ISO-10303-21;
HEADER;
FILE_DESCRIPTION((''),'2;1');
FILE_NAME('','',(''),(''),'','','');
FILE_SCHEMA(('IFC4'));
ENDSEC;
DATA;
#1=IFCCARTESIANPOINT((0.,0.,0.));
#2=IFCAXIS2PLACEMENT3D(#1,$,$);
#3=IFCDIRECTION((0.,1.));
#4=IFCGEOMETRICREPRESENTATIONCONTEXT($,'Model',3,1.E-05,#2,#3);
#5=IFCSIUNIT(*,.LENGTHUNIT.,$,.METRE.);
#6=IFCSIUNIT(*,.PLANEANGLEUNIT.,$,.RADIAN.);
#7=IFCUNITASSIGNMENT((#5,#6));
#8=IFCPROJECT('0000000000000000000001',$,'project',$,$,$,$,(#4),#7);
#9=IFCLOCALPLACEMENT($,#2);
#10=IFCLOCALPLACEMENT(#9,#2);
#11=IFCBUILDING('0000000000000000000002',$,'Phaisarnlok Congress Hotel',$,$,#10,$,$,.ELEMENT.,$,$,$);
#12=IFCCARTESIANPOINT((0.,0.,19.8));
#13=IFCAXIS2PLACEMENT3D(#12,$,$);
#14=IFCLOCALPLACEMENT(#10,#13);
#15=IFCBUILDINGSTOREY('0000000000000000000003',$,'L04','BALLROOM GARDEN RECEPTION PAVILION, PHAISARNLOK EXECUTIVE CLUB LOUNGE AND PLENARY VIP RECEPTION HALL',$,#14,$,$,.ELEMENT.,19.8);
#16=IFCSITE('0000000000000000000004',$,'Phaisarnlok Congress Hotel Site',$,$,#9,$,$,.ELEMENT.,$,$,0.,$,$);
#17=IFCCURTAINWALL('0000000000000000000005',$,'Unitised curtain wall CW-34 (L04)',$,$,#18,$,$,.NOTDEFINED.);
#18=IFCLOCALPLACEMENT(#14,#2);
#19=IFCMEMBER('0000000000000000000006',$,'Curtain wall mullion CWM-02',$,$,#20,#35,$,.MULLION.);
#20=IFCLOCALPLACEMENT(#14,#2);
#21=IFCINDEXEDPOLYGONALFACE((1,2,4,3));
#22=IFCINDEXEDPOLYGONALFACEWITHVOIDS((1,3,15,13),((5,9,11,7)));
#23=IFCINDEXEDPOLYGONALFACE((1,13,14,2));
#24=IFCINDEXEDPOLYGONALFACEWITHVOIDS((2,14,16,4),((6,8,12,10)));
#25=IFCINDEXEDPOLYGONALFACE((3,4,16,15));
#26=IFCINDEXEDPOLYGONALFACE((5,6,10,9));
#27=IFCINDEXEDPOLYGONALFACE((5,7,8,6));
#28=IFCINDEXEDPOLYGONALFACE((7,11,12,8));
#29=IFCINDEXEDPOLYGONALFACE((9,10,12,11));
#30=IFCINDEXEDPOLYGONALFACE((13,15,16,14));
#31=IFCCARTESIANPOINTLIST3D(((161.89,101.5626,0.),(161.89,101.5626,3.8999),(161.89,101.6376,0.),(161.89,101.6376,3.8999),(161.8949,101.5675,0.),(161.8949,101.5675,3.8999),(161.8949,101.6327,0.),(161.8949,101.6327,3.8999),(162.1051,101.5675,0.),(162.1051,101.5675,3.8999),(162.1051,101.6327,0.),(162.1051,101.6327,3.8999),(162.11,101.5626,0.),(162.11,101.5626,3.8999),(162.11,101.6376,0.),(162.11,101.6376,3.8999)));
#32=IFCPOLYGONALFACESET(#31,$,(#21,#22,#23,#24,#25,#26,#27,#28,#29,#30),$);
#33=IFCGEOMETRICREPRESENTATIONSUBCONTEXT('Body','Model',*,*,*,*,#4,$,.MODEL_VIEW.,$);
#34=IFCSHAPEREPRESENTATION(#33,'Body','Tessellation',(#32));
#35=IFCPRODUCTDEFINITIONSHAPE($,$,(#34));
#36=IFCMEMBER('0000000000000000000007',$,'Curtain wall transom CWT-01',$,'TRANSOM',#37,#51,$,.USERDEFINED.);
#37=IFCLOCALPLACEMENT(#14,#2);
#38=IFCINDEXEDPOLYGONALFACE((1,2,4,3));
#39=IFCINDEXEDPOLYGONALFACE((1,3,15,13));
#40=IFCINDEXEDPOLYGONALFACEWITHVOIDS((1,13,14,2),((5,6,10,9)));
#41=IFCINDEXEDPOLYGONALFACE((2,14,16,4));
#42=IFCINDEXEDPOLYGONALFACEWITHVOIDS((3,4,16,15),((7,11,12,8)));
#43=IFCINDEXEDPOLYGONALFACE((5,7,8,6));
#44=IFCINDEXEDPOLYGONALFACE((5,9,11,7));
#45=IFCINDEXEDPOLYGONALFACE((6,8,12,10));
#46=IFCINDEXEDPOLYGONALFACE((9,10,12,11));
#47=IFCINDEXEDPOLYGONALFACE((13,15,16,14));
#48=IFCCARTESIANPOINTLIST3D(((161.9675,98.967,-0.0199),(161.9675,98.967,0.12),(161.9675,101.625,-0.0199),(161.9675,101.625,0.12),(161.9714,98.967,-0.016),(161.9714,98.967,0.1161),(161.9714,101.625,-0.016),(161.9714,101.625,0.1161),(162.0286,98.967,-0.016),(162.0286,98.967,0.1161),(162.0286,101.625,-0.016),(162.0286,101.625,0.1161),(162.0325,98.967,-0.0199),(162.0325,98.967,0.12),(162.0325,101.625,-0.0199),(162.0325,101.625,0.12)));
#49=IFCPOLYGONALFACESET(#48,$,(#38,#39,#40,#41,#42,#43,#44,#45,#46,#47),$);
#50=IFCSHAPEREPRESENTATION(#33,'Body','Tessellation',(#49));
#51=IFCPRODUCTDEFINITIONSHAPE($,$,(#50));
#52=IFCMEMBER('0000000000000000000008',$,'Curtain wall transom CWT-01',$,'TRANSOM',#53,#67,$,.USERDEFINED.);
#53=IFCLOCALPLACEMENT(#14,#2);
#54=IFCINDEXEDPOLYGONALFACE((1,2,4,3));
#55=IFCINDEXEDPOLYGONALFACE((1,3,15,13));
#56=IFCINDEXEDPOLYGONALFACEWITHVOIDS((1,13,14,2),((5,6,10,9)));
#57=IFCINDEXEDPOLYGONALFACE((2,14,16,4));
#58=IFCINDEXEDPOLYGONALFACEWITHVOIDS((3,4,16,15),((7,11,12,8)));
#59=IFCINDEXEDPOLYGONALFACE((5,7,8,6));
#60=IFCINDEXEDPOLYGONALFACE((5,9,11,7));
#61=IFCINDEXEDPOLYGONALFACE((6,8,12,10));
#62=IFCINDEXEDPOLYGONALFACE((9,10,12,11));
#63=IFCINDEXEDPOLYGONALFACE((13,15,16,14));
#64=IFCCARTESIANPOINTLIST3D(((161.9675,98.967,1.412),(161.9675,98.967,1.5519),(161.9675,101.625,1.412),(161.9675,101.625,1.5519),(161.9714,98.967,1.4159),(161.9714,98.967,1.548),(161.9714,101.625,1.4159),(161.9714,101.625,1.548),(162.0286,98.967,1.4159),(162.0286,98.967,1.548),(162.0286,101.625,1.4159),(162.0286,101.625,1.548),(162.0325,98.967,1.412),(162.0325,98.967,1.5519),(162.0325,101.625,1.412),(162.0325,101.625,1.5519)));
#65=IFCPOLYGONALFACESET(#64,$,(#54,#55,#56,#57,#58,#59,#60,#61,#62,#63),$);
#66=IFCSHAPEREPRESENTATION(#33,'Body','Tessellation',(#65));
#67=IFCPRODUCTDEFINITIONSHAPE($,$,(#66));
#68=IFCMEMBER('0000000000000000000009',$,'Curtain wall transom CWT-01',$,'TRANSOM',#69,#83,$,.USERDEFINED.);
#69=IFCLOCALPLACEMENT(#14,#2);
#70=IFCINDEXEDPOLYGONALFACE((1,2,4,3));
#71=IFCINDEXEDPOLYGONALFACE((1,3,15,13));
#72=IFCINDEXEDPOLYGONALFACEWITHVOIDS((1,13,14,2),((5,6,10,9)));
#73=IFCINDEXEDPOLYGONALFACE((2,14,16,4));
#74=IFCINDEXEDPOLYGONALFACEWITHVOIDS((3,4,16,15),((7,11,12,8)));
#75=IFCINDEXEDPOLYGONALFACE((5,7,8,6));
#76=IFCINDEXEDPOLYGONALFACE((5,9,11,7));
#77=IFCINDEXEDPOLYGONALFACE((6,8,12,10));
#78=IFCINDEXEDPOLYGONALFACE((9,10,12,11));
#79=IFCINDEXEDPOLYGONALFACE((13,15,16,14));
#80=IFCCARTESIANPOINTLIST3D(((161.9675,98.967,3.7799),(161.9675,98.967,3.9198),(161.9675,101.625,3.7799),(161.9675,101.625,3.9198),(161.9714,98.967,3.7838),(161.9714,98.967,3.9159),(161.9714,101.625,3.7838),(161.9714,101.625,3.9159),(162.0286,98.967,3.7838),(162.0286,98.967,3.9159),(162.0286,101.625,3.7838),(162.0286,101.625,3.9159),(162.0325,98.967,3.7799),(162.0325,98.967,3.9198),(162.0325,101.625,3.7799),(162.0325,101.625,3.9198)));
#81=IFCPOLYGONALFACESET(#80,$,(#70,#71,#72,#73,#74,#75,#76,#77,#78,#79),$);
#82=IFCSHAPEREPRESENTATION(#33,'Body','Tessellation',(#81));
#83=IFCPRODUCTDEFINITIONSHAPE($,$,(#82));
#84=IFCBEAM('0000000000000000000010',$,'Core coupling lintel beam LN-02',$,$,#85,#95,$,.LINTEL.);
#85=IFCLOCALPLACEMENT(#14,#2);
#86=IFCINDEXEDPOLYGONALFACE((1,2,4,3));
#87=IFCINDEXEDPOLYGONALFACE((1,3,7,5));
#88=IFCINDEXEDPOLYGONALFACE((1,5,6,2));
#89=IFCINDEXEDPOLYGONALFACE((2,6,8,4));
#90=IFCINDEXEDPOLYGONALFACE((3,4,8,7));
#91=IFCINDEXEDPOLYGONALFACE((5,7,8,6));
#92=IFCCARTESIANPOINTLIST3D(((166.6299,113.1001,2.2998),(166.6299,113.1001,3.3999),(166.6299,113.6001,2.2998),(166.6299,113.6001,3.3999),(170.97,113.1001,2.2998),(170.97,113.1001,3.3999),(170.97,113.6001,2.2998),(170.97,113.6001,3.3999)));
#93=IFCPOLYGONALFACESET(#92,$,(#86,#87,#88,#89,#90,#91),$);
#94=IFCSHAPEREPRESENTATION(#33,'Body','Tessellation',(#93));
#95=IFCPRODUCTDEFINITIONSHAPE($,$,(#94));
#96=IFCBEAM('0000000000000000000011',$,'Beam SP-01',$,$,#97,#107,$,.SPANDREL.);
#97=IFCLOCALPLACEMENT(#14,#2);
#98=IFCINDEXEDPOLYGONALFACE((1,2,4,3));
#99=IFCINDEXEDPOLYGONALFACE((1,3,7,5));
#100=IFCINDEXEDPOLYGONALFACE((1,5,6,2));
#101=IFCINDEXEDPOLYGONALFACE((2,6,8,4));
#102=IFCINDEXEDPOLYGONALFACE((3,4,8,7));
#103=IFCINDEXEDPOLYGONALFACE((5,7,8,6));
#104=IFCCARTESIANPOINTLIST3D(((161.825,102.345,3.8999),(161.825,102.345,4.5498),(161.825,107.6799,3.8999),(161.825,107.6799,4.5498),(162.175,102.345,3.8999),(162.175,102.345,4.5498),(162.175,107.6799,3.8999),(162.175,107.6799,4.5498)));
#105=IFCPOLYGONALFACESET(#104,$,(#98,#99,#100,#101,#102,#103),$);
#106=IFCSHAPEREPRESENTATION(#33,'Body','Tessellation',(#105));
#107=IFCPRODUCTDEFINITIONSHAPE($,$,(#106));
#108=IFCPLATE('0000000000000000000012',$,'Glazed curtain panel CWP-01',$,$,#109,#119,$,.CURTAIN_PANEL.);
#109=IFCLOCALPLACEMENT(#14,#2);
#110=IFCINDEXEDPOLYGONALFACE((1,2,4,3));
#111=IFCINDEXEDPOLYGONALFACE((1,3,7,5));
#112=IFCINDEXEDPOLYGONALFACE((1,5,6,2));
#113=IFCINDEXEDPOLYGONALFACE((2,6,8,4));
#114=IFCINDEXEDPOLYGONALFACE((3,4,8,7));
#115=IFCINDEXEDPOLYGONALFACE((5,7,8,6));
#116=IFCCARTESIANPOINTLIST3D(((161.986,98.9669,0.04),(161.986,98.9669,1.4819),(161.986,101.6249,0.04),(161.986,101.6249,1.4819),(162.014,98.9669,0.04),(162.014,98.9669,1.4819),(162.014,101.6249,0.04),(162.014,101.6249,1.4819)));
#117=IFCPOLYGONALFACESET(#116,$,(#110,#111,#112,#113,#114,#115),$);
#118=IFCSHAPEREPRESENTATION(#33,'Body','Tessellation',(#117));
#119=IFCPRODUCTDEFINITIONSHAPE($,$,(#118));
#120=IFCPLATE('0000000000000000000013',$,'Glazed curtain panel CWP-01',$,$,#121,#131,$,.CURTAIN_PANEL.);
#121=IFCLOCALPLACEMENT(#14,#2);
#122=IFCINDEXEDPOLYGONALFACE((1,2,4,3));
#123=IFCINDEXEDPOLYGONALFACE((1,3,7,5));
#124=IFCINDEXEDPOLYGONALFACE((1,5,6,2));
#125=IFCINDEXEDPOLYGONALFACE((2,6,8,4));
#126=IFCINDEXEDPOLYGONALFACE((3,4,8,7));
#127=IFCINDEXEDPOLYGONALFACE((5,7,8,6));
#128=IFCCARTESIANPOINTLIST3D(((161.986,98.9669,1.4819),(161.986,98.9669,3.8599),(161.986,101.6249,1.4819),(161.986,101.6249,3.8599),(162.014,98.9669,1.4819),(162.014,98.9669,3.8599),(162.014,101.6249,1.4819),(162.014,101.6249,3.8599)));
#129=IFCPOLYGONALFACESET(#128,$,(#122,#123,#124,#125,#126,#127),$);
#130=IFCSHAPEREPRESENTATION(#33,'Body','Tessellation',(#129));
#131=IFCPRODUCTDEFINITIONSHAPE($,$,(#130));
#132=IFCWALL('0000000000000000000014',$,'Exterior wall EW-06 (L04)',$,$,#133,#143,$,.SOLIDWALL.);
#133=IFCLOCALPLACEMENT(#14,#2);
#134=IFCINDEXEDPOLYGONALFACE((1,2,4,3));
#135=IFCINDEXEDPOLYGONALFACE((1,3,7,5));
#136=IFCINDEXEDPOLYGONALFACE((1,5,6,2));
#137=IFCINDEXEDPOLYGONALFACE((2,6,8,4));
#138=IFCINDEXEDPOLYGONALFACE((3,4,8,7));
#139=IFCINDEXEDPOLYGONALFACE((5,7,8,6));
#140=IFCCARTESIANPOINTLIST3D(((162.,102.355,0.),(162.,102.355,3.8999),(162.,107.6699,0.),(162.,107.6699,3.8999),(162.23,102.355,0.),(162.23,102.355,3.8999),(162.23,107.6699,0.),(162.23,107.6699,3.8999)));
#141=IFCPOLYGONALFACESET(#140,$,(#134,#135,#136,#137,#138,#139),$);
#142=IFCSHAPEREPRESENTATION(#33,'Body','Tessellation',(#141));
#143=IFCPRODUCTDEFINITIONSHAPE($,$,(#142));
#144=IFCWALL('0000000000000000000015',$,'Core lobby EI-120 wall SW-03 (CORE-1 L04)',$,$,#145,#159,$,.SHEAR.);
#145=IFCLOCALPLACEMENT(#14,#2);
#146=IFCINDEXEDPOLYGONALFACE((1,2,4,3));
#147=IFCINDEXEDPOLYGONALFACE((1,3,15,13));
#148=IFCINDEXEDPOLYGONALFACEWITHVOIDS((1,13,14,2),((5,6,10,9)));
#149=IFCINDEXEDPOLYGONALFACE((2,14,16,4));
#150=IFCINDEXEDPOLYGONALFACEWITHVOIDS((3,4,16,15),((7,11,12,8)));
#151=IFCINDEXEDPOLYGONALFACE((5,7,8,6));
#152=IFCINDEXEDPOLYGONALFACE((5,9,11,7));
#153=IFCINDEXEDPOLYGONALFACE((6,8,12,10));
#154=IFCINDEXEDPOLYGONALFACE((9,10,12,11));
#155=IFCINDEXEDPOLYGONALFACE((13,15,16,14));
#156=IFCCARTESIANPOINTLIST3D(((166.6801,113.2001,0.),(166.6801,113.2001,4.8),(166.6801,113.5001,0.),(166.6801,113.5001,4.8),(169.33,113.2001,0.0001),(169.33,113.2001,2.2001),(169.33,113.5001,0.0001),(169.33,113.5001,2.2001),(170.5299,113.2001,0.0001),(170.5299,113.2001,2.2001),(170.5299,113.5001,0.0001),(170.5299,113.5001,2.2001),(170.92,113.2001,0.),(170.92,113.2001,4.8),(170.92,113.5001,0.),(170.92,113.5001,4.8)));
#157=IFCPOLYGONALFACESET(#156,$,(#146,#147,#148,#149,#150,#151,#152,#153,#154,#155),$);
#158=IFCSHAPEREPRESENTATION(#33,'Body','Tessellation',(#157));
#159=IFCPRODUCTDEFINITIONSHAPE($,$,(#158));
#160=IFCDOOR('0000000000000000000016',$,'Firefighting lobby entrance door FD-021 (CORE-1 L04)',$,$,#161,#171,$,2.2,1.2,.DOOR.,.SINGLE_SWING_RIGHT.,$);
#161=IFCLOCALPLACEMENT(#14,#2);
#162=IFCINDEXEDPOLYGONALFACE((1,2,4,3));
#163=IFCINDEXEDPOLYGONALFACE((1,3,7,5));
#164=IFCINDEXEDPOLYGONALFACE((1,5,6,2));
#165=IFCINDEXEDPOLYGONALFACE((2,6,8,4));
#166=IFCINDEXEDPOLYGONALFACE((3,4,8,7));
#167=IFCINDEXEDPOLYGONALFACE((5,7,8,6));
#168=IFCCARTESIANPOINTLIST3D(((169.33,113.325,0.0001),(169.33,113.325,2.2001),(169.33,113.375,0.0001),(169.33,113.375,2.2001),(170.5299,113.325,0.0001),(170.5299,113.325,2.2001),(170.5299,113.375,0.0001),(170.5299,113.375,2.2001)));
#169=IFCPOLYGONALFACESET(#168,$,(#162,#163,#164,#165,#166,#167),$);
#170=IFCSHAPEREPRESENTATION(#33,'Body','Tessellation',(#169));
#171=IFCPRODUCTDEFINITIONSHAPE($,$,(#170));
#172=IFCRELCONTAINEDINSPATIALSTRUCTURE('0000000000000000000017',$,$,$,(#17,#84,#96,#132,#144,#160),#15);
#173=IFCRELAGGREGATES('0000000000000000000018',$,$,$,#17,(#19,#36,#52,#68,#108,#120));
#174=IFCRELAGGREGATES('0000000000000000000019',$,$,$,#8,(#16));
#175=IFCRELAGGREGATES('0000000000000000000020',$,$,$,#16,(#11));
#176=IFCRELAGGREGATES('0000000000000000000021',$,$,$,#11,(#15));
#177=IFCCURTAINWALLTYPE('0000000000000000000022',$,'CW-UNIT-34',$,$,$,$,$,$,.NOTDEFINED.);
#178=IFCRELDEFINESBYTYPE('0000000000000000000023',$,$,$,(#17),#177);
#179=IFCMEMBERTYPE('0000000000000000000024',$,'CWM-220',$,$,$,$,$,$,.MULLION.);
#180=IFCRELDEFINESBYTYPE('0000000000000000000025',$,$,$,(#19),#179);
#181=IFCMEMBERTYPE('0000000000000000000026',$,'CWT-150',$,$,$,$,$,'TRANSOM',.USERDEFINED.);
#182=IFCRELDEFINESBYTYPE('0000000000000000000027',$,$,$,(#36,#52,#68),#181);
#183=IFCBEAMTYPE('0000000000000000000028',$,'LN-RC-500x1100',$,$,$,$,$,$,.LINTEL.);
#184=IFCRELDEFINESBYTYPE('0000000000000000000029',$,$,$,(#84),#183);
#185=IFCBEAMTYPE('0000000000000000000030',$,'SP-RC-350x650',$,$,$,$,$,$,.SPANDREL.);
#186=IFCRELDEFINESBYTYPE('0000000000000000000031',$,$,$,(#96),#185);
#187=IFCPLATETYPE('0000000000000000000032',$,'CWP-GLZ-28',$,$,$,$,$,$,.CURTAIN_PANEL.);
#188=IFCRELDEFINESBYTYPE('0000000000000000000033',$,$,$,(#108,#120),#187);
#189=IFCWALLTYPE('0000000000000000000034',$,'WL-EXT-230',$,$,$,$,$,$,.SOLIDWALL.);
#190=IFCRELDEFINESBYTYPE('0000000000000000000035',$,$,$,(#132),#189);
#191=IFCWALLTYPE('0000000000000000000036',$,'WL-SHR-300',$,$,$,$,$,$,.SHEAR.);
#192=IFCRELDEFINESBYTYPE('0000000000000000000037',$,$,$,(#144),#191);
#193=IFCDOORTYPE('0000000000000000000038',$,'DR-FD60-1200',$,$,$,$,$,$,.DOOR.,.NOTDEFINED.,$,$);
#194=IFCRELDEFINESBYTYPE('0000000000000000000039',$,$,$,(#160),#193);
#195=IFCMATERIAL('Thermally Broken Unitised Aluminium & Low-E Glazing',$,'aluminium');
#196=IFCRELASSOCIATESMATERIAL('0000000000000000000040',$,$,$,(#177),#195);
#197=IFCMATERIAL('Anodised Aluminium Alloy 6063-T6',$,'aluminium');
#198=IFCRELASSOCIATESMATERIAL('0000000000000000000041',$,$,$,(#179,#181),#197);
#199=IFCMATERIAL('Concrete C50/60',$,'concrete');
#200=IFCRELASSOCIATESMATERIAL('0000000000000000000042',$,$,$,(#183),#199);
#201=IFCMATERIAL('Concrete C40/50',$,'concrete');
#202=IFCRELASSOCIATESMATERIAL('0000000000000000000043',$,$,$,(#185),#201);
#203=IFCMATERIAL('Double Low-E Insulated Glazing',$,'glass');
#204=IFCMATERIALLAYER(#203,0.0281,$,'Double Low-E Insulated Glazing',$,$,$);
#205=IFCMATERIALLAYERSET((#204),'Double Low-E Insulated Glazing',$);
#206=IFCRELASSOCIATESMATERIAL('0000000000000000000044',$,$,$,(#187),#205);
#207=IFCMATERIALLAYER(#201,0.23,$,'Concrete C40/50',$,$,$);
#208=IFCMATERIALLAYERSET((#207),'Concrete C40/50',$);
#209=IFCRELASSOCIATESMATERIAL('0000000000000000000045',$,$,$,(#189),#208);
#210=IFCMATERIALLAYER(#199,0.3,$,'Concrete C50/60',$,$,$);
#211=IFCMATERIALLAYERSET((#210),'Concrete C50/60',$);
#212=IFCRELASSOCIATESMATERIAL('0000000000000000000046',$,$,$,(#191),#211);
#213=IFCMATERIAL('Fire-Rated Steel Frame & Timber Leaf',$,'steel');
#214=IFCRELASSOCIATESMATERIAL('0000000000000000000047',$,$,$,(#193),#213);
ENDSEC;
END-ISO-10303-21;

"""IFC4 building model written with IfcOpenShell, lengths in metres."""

from ifc_helpers import new_model, si_unit, direction, frame, frame_2d, origin, origin_2d, place, context, subcontext, project, spatial, rectangle, hollow_rectangle, extrude, material, layer, layer_set, material_profile, profile_set, type_object, element, fill, aggregate, save


model = new_model("IFC4")

# Units and contexts
model_context = context("Model", 3, precision=1e-05, world=origin(), true_north=direction((0.0, 1.0)))
body_context = subcontext(model_context, "Body", "Model", "MODEL_VIEW")
ifc_project = project(units=[si_unit("LENGTHUNIT", "METRE"), si_unit("PLANEANGLEUNIT", "RADIAN")], contexts=[model_context])

# Site, building, storey
site_placement = place(None, origin())
site = spatial("IfcSite", under=ifc_project, at=site_placement, Name="Phaisarnlok Congress Hotel Site", CompositionType="ELEMENT", RefElevation=0.0)
building_placement = place(site_placement, origin())
building = spatial("IfcBuilding", under=site, at=building_placement, Name="Phaisarnlok Congress Hotel", CompositionType="ELEMENT")
storey_placement = place(building_placement, frame((0.0, 0.0, 19.8)))
storey = spatial("IfcBuildingStorey", under=building, at=storey_placement, Name="L04", Description="BALLROOM GARDEN RECEPTION PAVILION, PHAISARNLOK EXECUTIVE CLUB LOUNGE AND PLENARY VIP RECEPTION HALL", CompositionType="ELEMENT", Elevation=19.8)

# Shared definitions
ifc_material_1 = material(Name="Concrete C50/60", Category="concrete")

# Shared definitions
ifc_material_2 = material(Name="Concrete C40/50", Category="concrete")

# Curtain wall, members
ifc_material_3 = material(Name="Thermally Broken Unitised Aluminium & Low-E Glazing", Category="aluminium")
curtain_wall_type = type_object("IfcCurtainWallType", Name="CW-UNIT-34", PredefinedType="NOTDEFINED", material=ifc_material_3)
curtain_wall_placement = place(storey_placement, origin())
curtain_wall = element("IfcCurtainWall", 1, at=curtain_wall_placement, inside=storey, type_object=curtain_wall_type, Name="Unitised curtain wall CW-34 (L04)", PredefinedType="NOTDEFINED")
ifc_material_4 = material(Name="Anodised Aluminium Alloy 6063-T6", Category="aluminium")
ifc_material_profile_1 = material_profile(ifc_material_4, hollow_rectangle(XDim=0.075, YDim=0.22, WallThickness=0.0049, at=origin_2d()), Name="ALU-M 75x220x5")
ifc_profile_set_1 = profile_set([ifc_material_profile_1], Name="Anodised Aluminium Alloy 6063-T6")
member_type_1 = type_object("IfcMemberType", Name="CWM-220", PredefinedType="MULLION", material=ifc_profile_set_1)
member_1_placement = place(storey_placement, frame((162.0, 101.6001, 0.0), z_axis=(0.0, 0.0, 1.0), x_axis=(0.0, -1.0, 0.0)))
member_1 = element("IfcMember", 2, at=member_1_placement, type_object=member_type_1, Name="Curtain wall mullion CWM-02", PredefinedType="MULLION", context=body_context, shape_type="SweptSolid", body=[
    extrude(hollow_rectangle(XDim=0.075, YDim=0.22, WallThickness=0.0049, at=origin_2d()), origin(), (0.0, 0.0, 1.0), 3.8999),
])
ifc_material_profile_2 = material_profile(ifc_material_4, hollow_rectangle(XDim=0.0649, YDim=0.1399, WallThickness=0.0039, at=origin_2d()), Name="ALU-T 65x140x4")
ifc_profile_set_2 = profile_set([ifc_material_profile_2], Name="Anodised Aluminium Alloy 6063-T6")
member_type_2 = type_object("IfcMemberType", Name="CWT-150", ElementType="TRANSOM", PredefinedType="USERDEFINED", material=ifc_profile_set_2)
member_2_placement = place(storey_placement, frame((162.0, 101.625, 0.05), z_axis=(0.0, -1.0, 0.0), x_axis=(1.0, 0.0, 0.0)))
member_2 = element("IfcMember", 3, at=member_2_placement, type_object=member_type_2, Name="Curtain wall transom CWT-01", ObjectType="TRANSOM", PredefinedType="USERDEFINED", context=body_context, shape_type="SweptSolid", body=[
    extrude(hollow_rectangle(XDim=0.0649, YDim=0.1399, WallThickness=0.0039, at=origin_2d()), origin(), (0.0, 0.0, 1.0), 2.658),
])
member_3_placement = place(storey_placement, frame((162.0, 101.625, 1.4819), z_axis=(0.0, -1.0, 0.0), x_axis=(1.0, 0.0, 0.0)))
member_3 = element("IfcMember", 4, at=member_3_placement, type_object=member_type_2, Name="Curtain wall transom CWT-01", ObjectType="TRANSOM", PredefinedType="USERDEFINED", context=body_context, shape_type="SweptSolid", body=[
    extrude(hollow_rectangle(XDim=0.0649, YDim=0.1399, WallThickness=0.0039, at=origin_2d()), origin(), (0.0, 0.0, 1.0), 2.658),
])
member_4_placement = place(storey_placement, frame((162.0, 101.625, 3.8499), z_axis=(0.0, -1.0, 0.0), x_axis=(1.0, 0.0, 0.0)))
member_4 = element("IfcMember", 5, at=member_4_placement, type_object=member_type_2, Name="Curtain wall transom CWT-01", ObjectType="TRANSOM", PredefinedType="USERDEFINED", context=body_context, shape_type="SweptSolid", body=[
    extrude(hollow_rectangle(XDim=0.0649, YDim=0.1399, WallThickness=0.0039, at=origin_2d()), origin(), (0.0, 0.0, 1.0), 2.658),
])

# Beams
ifc_material_profile_3 = material_profile(ifc_material_1, rectangle(XDim=0.5, YDim=1.1001, at=origin_2d()), Name="RC 500x1100")
ifc_profile_set_3 = profile_set([ifc_material_profile_3], Name="Concrete C50/60")
beam_type_1 = type_object("IfcBeamType", Name="LN-RC-500x1100", PredefinedType="LINTEL", material=ifc_profile_set_3)
beam_1_placement = place(storey_placement, frame((166.6299, 113.3501, 2.8499), z_axis=(1.0, 0.0, 0.0), x_axis=(0.0, 1.0, 0.0)))
element("IfcBeam", 6, at=beam_1_placement, inside=storey, type_object=beam_type_1, Name="Core coupling lintel beam LN-02", PredefinedType="LINTEL", context=body_context, shape_type="SweptSolid", body=[
    extrude(rectangle(XDim=0.5, YDim=1.1001, at=origin_2d()), origin(), (0.0, 0.0, 1.0), 4.3401),
])
ifc_material_profile_4 = material_profile(ifc_material_2, rectangle(XDim=0.3501, YDim=0.6499, at=origin_2d()), Name="RC 350x650")
ifc_profile_set_4 = profile_set([ifc_material_profile_4], Name="Concrete C40/50")
beam_type_2 = type_object("IfcBeamType", Name="SP-RC-350x650", PredefinedType="SPANDREL", material=ifc_profile_set_4)
beam_2_placement = place(storey_placement, frame((162.0, 102.345, 4.2249), z_axis=(0.0, 1.0, 0.0), x_axis=(-1.0, 0.0, 0.0)))
element("IfcBeam", 7, at=beam_2_placement, inside=storey, type_object=beam_type_2, Name="Beam SP-01", PredefinedType="SPANDREL", context=body_context, shape_type="SweptSolid", body=[
    extrude(rectangle(XDim=0.3501, YDim=0.6499, at=origin_2d()), origin(), (0.0, 0.0, 1.0), 5.335),
])

# Plates
ifc_material_5 = material(Name="Double Low-E Insulated Glazing", Category="glass")
ifc_layer_1 = layer(ifc_material_5, 0.0281, Name="Double Low-E Insulated Glazing")
ifc_layer_set_1 = layer_set([ifc_layer_1], Name="Double Low-E Insulated Glazing")
plate_type = type_object("IfcPlateType", Name="CWP-GLZ-28", PredefinedType="CURTAIN_PANEL", material=ifc_layer_set_1)
plate_1_placement = place(storey_placement, frame((162.0, 101.625, 0.04), z_axis=(0.0, 0.0, 1.0), x_axis=(0.0, -1.0, 0.0)))
plate_1 = element("IfcPlate", 8, at=plate_1_placement, type_object=plate_type, Name="Glazed curtain panel CWP-01", PredefinedType="CURTAIN_PANEL", context=body_context, shape_type="SweptSolid", body=[
    extrude(rectangle(XDim=2.658, YDim=0.0281, at=frame_2d((1.3291, 0.0))), origin(), (0.0, 0.0, 1.0), 1.4419),
])
plate_2_placement = place(storey_placement, frame((162.0, 101.625, 1.4819), z_axis=(0.0, 0.0, 1.0), x_axis=(0.0, -1.0, 0.0)))
plate_2 = element("IfcPlate", 9, at=plate_2_placement, type_object=plate_type, Name="Glazed curtain panel CWP-01", PredefinedType="CURTAIN_PANEL", context=body_context, shape_type="SweptSolid", body=[
    extrude(rectangle(XDim=2.658, YDim=0.0281, at=frame_2d((1.3291, 0.0))), origin(), (0.0, 0.0, 1.0), 2.3779),
])
aggregate(curtain_wall, [member_1, member_2, member_3, member_4, plate_1, plate_2])

# Wall
ifc_layer_2 = layer(ifc_material_2, 0.23, Name="Concrete C40/50")
ifc_layer_set_2 = layer_set([ifc_layer_2], Name="Concrete C40/50")
wall_type_1 = type_object("IfcWallType", Name="WL-EXT-230", PredefinedType="SOLIDWALL", material=ifc_layer_set_2)
wall_1_placement = place(storey_placement, frame((162.115, 107.6699, 0.0), z_axis=(0.0, 0.0, 1.0), x_axis=(0.0, -1.0, 0.0)))
element("IfcWall", 10, at=wall_1_placement, inside=storey, type_object=wall_type_1, Name="Exterior wall EW-06 (L04)", PredefinedType="SOLIDWALL", context=body_context, shape_type="SweptSolid", body=[
    extrude(rectangle(XDim=5.3149, YDim=0.23, at=frame_2d((2.6575, 0.0))), origin(), (0.0, 0.0, 1.0), 3.8999),
])

# Wall, opening, door
ifc_material_6 = material(Name="Fire-Rated Steel Frame & Timber Leaf", Category="steel")
ifc_layer_3 = layer(ifc_material_1, 0.3, Name="Concrete C50/60")
ifc_layer_set_3 = layer_set([ifc_layer_3], Name="Concrete C50/60")
wall_type_2 = type_object("IfcWallType", Name="WL-SHR-300", PredefinedType="SHEAR", material=ifc_layer_set_3)
wall_2_placement = place(storey_placement, frame((166.6799, 113.3501, 0.0), z_axis=(0.0, 0.0, 1.0), x_axis=(1.0, 0.0, 0.0)))
wall_2 = element("IfcWall", 11, at=wall_2_placement, inside=storey, type_object=wall_type_2, Name="Core lobby EI-120 wall SW-03 (CORE-1 L04)", PredefinedType="SHEAR", context=body_context, shape_type="SweptSolid", body=[
    extrude(rectangle(XDim=4.24, YDim=0.3, at=frame_2d((2.1201, 0.0))), origin(), (0.0, 0.0, 1.0), 4.8),
])
opening_1_placement = place(wall_2_placement, frame((2.6499, 0.0, 0.0)))
opening_1 = element("IfcOpeningElement", 12, at=opening_1_placement, cuts=wall_2, PredefinedType="OPENING", context=body_context, shape_type="SweptSolid", body=[
    extrude(rectangle(XDim=1.2, YDim=2.2, at=frame_2d((0.6001, 1.1001))), frame((0.0, 0.1602, 0.0), z_axis=(0.0, -1.0, 0.0), x_axis=(1.0, 0.0, 0.0)), (0.0, 0.0, 1.0), 0.3201),
])
door_type_1 = type_object("IfcDoorType", Name="DR-FD60-1200", OperationType="NOTDEFINED", PredefinedType="DOOR", material=ifc_material_6)
door_1_placement = place(opening_1_placement, origin())
door_1 = element("IfcDoor", 13, at=door_1_placement, inside=storey, type_object=door_type_1, Name="Firefighting lobby entrance door FD-021 (CORE-1 L04)", OperationType="SINGLE_SWING_RIGHT", OverallHeight=2.2, OverallWidth=1.2, PredefinedType="DOOR", context=body_context, shape_type="SweptSolid", body=[
    extrude(rectangle(XDim=1.2, YDim=2.2, at=frame_2d((0.6001, 1.1001))), frame((0.0, 0.0249, 0.0), z_axis=(0.0, -1.0, 0.0), x_axis=(1.0, 0.0, 0.0)), (0.0, 0.0, 1.0), 0.05),
])
fill(opening_1, door_1)

save(model, "model.ifc")
